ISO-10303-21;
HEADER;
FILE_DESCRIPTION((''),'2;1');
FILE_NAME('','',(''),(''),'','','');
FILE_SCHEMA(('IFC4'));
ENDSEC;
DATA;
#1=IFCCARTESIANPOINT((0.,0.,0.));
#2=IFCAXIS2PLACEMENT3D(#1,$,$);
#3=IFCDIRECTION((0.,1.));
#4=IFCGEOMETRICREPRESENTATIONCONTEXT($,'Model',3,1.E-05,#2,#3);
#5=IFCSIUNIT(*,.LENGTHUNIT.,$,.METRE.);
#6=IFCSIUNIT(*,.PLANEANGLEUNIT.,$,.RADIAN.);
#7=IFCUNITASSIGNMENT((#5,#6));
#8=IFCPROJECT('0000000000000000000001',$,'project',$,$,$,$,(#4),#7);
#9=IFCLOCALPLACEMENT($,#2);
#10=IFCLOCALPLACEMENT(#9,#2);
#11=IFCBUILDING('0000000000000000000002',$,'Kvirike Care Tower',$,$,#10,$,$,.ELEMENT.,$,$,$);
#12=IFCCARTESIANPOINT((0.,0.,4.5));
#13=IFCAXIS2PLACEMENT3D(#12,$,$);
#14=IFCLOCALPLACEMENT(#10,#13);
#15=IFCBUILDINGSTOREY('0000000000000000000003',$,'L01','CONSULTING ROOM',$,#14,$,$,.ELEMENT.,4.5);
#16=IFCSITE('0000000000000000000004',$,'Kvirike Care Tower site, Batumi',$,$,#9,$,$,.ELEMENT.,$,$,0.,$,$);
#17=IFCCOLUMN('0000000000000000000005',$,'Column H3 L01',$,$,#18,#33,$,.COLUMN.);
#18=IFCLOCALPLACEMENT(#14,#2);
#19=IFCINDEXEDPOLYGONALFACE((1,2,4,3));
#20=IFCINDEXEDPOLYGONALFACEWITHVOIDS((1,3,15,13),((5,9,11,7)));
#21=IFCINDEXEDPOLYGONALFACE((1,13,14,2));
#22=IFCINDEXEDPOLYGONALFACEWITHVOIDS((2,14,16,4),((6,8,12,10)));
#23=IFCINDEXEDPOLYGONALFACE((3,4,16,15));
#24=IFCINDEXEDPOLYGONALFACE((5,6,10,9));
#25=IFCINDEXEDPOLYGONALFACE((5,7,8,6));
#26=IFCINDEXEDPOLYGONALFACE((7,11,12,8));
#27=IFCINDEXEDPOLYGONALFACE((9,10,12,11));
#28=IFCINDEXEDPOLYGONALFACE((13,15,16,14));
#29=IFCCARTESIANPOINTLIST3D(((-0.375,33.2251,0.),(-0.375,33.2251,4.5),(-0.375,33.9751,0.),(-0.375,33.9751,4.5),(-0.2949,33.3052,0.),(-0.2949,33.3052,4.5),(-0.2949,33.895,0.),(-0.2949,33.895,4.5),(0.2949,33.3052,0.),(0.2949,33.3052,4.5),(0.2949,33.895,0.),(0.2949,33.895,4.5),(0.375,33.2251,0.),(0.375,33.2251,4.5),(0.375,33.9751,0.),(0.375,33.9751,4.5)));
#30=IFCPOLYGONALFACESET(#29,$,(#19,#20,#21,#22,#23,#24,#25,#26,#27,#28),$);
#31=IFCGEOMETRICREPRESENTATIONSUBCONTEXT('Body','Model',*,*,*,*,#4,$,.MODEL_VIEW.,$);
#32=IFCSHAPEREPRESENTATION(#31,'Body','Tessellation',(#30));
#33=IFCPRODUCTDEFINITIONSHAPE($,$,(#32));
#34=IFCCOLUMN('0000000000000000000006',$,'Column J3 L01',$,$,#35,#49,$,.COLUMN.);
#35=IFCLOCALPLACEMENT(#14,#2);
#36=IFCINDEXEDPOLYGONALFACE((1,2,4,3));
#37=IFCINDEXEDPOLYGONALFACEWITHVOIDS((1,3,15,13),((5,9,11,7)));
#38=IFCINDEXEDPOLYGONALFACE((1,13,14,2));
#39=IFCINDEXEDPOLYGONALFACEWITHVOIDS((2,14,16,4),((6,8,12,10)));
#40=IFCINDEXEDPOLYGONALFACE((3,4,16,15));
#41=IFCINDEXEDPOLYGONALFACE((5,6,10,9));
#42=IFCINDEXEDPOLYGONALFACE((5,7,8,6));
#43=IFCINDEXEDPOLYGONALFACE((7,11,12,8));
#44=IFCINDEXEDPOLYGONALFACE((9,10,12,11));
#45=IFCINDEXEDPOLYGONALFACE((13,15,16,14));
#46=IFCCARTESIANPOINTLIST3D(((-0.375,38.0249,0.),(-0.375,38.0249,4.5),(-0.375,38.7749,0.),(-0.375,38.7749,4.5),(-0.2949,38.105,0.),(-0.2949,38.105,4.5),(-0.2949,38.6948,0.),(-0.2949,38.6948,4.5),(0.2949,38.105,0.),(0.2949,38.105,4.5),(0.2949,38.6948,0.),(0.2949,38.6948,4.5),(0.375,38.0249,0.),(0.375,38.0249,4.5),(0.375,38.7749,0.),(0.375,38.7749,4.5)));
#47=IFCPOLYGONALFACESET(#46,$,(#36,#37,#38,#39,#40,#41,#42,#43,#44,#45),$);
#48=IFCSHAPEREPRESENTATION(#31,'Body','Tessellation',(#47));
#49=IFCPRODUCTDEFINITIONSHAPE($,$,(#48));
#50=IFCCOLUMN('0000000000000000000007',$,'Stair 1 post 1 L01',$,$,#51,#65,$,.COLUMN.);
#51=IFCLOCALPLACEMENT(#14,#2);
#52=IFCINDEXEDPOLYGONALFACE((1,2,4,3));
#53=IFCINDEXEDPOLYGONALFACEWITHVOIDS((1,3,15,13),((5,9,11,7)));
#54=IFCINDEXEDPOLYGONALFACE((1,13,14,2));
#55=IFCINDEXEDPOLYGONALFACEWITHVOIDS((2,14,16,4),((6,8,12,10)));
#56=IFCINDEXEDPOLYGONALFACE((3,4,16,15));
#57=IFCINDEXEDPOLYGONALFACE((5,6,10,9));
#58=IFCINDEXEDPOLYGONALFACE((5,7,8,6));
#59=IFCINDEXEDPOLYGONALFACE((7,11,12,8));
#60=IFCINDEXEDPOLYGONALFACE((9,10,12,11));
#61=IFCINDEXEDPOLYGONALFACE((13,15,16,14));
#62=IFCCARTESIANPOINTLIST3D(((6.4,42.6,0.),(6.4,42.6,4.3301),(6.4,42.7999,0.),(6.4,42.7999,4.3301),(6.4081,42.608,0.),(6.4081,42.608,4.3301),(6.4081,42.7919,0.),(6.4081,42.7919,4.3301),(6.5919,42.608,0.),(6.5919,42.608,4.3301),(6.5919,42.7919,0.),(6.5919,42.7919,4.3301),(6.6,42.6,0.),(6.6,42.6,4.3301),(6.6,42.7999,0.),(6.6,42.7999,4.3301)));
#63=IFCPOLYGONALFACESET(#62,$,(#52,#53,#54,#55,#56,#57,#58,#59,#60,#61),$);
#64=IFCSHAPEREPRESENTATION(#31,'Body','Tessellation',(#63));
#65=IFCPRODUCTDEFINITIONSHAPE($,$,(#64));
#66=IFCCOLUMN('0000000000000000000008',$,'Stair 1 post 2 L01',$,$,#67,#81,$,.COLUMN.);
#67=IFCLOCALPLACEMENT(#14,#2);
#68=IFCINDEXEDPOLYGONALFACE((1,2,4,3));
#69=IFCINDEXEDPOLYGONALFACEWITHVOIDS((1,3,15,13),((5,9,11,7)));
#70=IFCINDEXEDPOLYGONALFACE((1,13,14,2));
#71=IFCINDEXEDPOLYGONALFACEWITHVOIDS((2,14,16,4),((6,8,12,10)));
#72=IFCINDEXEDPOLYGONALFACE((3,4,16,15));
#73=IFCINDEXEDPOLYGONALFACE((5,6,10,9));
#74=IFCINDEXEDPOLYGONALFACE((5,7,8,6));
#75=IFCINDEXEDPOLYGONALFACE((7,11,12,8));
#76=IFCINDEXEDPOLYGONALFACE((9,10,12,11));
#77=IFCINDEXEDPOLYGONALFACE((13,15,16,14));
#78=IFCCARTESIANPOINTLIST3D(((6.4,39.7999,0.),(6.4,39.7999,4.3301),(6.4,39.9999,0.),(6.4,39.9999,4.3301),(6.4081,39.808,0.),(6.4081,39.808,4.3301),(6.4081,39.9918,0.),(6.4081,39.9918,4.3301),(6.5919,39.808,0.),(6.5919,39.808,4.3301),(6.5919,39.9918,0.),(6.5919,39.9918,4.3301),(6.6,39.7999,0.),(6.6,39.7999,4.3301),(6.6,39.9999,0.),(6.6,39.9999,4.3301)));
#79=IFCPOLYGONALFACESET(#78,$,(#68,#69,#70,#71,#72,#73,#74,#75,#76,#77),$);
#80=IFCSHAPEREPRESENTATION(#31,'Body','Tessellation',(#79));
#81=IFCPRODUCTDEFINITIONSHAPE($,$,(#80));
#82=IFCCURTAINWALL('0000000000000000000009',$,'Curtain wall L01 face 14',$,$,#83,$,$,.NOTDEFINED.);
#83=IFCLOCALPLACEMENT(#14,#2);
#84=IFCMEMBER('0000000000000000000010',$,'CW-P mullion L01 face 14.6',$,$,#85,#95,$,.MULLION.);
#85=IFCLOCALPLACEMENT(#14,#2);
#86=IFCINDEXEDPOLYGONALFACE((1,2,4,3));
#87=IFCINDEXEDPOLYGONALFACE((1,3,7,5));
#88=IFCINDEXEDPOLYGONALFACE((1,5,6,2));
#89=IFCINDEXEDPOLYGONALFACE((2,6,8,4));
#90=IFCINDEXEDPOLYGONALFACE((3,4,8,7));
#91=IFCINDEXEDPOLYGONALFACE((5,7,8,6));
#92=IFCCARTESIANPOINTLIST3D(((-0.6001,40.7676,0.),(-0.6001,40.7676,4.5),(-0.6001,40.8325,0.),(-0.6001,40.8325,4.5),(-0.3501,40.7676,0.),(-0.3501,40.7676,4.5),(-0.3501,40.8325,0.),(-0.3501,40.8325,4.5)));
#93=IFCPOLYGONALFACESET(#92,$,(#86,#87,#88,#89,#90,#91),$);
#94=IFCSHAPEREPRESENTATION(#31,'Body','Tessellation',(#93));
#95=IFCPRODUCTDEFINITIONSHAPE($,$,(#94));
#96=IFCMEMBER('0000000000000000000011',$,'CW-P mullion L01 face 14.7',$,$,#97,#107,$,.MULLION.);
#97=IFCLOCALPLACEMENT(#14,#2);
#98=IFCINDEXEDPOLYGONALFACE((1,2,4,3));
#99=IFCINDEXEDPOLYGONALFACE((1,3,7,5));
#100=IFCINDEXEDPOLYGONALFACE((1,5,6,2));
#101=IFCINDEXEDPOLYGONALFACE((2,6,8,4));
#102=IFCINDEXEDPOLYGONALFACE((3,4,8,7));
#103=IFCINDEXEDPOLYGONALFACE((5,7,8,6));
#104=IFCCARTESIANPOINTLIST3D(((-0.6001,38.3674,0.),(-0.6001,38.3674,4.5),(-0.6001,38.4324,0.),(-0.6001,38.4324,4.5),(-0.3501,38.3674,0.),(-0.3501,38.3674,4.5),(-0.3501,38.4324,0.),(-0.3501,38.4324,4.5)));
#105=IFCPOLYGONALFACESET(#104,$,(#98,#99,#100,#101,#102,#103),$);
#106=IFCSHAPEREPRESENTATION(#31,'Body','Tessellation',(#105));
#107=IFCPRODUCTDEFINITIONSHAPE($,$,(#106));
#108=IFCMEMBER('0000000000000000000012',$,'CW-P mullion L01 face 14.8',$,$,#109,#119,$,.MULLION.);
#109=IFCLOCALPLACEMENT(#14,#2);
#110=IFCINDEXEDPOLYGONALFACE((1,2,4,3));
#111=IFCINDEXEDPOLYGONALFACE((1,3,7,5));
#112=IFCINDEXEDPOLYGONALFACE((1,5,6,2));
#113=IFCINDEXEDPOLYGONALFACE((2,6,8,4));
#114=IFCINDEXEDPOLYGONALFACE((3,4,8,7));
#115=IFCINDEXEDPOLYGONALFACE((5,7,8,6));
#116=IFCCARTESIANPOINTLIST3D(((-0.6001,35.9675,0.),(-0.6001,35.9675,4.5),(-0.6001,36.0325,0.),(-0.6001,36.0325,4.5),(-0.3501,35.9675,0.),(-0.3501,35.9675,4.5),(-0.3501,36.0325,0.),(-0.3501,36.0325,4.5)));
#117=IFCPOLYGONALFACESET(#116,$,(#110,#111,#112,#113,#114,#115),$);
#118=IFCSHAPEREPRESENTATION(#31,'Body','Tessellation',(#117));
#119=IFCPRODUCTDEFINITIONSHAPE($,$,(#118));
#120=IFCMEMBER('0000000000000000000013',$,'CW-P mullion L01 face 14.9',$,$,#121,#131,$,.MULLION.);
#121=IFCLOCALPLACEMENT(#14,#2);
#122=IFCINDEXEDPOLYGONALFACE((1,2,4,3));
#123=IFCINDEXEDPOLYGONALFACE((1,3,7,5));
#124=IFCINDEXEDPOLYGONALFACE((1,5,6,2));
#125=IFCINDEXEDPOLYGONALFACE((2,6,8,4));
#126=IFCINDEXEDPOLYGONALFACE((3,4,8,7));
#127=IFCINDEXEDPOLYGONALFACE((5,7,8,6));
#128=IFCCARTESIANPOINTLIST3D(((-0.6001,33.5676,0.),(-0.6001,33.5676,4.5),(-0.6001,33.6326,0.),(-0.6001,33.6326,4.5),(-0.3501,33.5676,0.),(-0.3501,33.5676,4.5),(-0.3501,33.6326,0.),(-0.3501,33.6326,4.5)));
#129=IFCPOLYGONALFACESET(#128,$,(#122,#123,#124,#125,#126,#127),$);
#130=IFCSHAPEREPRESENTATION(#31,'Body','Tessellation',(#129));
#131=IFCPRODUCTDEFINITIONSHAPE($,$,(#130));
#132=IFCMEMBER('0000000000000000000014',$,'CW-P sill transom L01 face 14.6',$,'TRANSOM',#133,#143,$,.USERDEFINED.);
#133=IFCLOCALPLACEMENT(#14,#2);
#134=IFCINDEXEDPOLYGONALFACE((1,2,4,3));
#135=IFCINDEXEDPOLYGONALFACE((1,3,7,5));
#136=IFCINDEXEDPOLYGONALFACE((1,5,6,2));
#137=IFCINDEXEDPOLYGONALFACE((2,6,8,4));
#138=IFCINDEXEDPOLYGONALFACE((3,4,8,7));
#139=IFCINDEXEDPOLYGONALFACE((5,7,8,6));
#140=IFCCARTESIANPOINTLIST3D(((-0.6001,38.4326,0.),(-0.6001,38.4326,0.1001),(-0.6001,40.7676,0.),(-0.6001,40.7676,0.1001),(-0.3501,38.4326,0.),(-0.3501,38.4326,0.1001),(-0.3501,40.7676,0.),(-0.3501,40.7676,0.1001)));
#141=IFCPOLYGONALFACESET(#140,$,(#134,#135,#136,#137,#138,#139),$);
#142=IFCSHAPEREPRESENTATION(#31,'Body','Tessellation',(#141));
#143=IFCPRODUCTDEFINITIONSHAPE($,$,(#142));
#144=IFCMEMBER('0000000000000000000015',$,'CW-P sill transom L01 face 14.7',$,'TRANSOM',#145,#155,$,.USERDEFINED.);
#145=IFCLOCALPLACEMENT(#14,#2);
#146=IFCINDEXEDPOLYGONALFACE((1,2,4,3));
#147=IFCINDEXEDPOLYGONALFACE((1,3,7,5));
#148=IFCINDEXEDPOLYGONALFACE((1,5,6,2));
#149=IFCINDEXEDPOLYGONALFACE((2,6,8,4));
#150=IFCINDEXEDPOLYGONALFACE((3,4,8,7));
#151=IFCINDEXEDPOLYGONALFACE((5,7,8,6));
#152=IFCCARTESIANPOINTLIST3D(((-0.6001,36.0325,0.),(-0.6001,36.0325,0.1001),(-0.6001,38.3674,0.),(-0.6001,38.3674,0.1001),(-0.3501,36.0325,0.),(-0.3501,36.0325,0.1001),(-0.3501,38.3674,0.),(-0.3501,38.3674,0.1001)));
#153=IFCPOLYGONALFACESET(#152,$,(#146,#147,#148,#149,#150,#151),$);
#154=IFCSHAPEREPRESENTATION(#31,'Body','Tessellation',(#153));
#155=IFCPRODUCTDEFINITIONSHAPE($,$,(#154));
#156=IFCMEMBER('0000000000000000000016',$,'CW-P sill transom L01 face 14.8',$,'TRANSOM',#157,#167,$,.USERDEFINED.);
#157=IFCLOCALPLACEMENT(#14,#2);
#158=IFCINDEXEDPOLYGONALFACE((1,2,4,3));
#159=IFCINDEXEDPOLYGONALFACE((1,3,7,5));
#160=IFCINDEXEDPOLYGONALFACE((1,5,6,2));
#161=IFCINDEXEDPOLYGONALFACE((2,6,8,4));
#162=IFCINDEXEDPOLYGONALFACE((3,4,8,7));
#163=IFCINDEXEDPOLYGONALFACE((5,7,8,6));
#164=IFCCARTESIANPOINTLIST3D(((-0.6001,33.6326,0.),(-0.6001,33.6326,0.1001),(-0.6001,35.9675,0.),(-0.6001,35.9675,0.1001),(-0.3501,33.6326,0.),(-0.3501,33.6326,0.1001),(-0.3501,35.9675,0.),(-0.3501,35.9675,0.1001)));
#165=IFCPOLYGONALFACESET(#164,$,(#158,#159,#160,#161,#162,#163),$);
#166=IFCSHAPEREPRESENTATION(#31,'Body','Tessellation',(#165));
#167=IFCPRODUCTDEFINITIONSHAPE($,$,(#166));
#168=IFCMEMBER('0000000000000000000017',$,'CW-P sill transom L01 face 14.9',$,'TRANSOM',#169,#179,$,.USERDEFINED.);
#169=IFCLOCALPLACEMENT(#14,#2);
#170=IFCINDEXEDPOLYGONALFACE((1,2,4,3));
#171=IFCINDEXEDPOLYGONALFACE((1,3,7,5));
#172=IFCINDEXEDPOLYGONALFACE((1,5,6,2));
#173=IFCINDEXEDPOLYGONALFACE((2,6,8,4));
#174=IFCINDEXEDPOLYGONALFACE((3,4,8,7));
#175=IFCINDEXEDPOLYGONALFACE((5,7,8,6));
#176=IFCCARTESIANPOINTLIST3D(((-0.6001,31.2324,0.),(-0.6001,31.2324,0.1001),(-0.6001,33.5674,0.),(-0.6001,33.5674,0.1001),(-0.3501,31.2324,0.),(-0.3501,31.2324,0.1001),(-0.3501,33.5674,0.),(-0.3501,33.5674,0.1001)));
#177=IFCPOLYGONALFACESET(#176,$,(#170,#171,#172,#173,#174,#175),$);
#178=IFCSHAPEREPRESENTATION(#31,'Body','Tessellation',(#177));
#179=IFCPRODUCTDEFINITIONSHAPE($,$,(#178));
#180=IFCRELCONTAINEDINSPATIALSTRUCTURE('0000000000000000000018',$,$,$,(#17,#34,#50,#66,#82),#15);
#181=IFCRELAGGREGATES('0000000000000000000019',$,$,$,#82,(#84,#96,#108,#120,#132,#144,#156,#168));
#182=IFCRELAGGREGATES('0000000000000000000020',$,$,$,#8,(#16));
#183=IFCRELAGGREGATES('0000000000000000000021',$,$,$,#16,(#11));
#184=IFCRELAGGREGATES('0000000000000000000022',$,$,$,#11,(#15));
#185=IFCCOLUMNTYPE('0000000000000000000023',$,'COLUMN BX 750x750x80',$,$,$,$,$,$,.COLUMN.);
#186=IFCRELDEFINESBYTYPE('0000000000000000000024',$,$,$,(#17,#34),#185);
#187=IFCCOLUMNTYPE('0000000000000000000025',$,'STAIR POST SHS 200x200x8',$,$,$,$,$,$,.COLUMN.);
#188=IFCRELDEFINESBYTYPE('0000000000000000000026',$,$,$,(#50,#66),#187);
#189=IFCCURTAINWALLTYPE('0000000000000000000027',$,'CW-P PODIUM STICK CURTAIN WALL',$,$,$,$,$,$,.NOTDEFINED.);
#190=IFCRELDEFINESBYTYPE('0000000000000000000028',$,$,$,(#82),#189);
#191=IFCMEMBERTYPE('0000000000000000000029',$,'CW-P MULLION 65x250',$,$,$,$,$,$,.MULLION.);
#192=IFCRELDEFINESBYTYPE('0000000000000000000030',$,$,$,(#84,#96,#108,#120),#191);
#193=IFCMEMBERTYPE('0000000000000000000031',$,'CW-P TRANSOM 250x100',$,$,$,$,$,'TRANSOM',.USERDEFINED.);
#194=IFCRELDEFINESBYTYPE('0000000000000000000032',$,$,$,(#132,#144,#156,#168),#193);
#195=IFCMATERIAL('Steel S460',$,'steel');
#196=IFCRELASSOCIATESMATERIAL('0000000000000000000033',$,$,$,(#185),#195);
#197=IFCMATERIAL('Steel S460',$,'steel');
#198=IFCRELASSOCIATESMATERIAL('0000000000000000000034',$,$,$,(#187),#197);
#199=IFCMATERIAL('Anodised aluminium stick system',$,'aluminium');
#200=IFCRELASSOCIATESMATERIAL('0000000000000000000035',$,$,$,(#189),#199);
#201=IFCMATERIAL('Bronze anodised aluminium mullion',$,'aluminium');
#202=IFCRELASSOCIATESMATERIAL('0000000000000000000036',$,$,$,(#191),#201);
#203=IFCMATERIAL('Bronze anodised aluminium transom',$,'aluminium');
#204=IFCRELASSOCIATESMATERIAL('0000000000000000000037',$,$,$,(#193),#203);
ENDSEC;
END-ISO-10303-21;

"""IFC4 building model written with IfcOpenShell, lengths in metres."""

from ifc_helpers import new_model, si_unit, direction, frame, origin, origin_2d, place, context, subcontext, project, spatial, rectangle, hollow_rectangle, extrude, material, material_profile, profile_set, type_object, element, aggregate, save


model = new_model("IFC4")

# Units and contexts
model_context = context("Model", 3, precision=1e-05, world=origin(), true_north=direction((0.0, 1.0)))
body_context = subcontext(model_context, "Body", "Model", "MODEL_VIEW")
ifc_project = project(units=[si_unit("LENGTHUNIT", "METRE"), si_unit("PLANEANGLEUNIT", "RADIAN")], contexts=[model_context])

# Site, building, storey
site_placement = place(None, origin())
site = spatial("IfcSite", under=ifc_project, at=site_placement, Name="Kvirike Care Tower site, Batumi", CompositionType="ELEMENT", RefElevation=0.0)
building_placement = place(site_placement, origin())
building = spatial("IfcBuilding", under=site, at=building_placement, Name="Kvirike Care Tower", CompositionType="ELEMENT")
storey_placement = place(building_placement, frame((0.0, 0.0, 4.5)))
storey = spatial("IfcBuildingStorey", under=building, at=storey_placement, Name="L01", Description="CONSULTING ROOM", CompositionType="ELEMENT", Elevation=4.5)

# Columns
ifc_material_1 = material(Name="Steel S460", Category="steel")
ifc_material_profile_1 = material_profile(ifc_material_1, hollow_rectangle(XDim=0.75, YDim=0.75, WallThickness=0.0801, at=origin_2d()), Name="BX 750x750x80")
ifc_profile_set_1 = profile_set([ifc_material_profile_1], Name="Steel S460")
column_type_1 = type_object("IfcColumnType", Name="COLUMN BX 750x750x80", PredefinedType="COLUMN", material=ifc_profile_set_1)
for number, where, z_axis, x_axis, name in (
    (1, (0.0, 33.6001, 0.0), (0.0, 0.0, 1.0), (1.0, 0.0, 0.0), "Column H3 L01"),
    (2, (0.0, 38.3999, 0.0), (0.0, 0.0, 1.0), (1.0, 0.0, 0.0), "Column J3 L01"),
):
    element("IfcColumn", number, at=place(storey_placement, frame(where, z_axis=z_axis, x_axis=x_axis)), inside=storey, type_object=column_type_1, Name=name, PredefinedType="COLUMN", context=body_context, shape_type="SweptSolid", body=[
        extrude(hollow_rectangle(XDim=0.75, YDim=0.75, WallThickness=0.0801, at=origin_2d()), origin(), (0.0, 0.0, 1.0), 4.5),
    ])
ifc_material_2 = material(Name="Steel S460", Category="steel")
ifc_material_profile_2 = material_profile(ifc_material_2, hollow_rectangle(XDim=0.2, YDim=0.2, WallThickness=0.0081, at=origin_2d()), Name="SHS 200x200x8")
ifc_profile_set_2 = profile_set([ifc_material_profile_2], Name="Steel S460")
column_type_2 = type_object("IfcColumnType", Name="STAIR POST SHS 200x200x8", PredefinedType="COLUMN", material=ifc_profile_set_2)
for number, where, z_axis, x_axis, name in (
    (3, (6.5, 42.7, 0.0), (0.0, 0.0, 1.0), (1.0, 0.0, 0.0), "Stair 1 post 1 L01"),
    (4, (6.5, 39.8999, 0.0), (0.0, 0.0, 1.0), (1.0, 0.0, 0.0), "Stair 1 post 2 L01"),
):
    element("IfcColumn", number, at=place(storey_placement, frame(where, z_axis=z_axis, x_axis=x_axis)), inside=storey, type_object=column_type_2, Name=name, PredefinedType="COLUMN", context=body_context, shape_type="SweptSolid", body=[
        extrude(hollow_rectangle(XDim=0.2, YDim=0.2, WallThickness=0.0081, at=origin_2d()), origin(), (0.0, 0.0, 1.0), 4.3301),
    ])

# Curtain wall, members
ifc_material_3 = material(Name="Anodised aluminium stick system", Category="aluminium")
curtain_wall_type = type_object("IfcCurtainWallType", Name="CW-P PODIUM STICK CURTAIN WALL", PredefinedType="NOTDEFINED", material=ifc_material_3)
curtain_wall_placement = place(storey_placement, origin())
curtain_wall = element("IfcCurtainWall", 5, at=curtain_wall_placement, inside=storey, type_object=curtain_wall_type, Name="Curtain wall L01 face 14", PredefinedType="NOTDEFINED")
ifc_material_4 = material(Name="Bronze anodised aluminium mullion", Category="aluminium")
ifc_material_profile_3 = material_profile(ifc_material_4, rectangle(XDim=0.0649, YDim=0.25, at=origin_2d()), Name="CW-P MULLION 65x250")
ifc_profile_set_3 = profile_set([ifc_material_profile_3], Name="Bronze anodised aluminium mullion")
member_type_1 = type_object("IfcMemberType", Name="CW-P MULLION 65x250", PredefinedType="MULLION", material=ifc_profile_set_3)
member_1_placement = place(storey_placement, frame((-0.4751, 40.8, 0.0), z_axis=(0.0, 0.0, 1.0), x_axis=(0.0, -1.0, 0.0)))
member_1 = element("IfcMember", 6, at=member_1_placement, type_object=member_type_1, Name="CW-P mullion L01 face 14.6", PredefinedType="MULLION", context=body_context, shape_type="SweptSolid", body=[
    extrude(rectangle(XDim=0.0649, YDim=0.25, at=origin_2d()), origin(), (0.0, 0.0, 1.0), 4.5),
])
member_2_placement = place(storey_placement, frame((-0.4751, 38.3999, 0.0), z_axis=(0.0, 0.0, 1.0), x_axis=(0.0, -1.0, 0.0)))
member_2 = element("IfcMember", 7, at=member_2_placement, type_object=member_type_1, Name="CW-P mullion L01 face 14.7", PredefinedType="MULLION", context=body_context, shape_type="SweptSolid", body=[
    extrude(rectangle(XDim=0.0649, YDim=0.25, at=origin_2d()), origin(), (0.0, 0.0, 1.0), 4.5),
])
member_3_placement = place(storey_placement, frame((-0.4751, 36.0, 0.0), z_axis=(0.0, 0.0, 1.0), x_axis=(0.0, -1.0, 0.0)))
member_3 = element("IfcMember", 8, at=member_3_placement, type_object=member_type_1, Name="CW-P mullion L01 face 14.8", PredefinedType="MULLION", context=body_context, shape_type="SweptSolid", body=[
    extrude(rectangle(XDim=0.0649, YDim=0.25, at=origin_2d()), origin(), (0.0, 0.0, 1.0), 4.5),
])
member_4_placement = place(storey_placement, frame((-0.4751, 33.6001, 0.0), z_axis=(0.0, 0.0, 1.0), x_axis=(0.0, -1.0, 0.0)))
member_4 = element("IfcMember", 9, at=member_4_placement, type_object=member_type_1, Name="CW-P mullion L01 face 14.9", PredefinedType="MULLION", context=body_context, shape_type="SweptSolid", body=[
    extrude(rectangle(XDim=0.0649, YDim=0.25, at=origin_2d()), origin(), (0.0, 0.0, 1.0), 4.5),
])
ifc_material_5 = material(Name="Bronze anodised aluminium transom", Category="aluminium")
ifc_material_profile_4 = material_profile(ifc_material_5, rectangle(XDim=0.25, YDim=0.1001, at=origin_2d()), Name="CW-P TRANSOM 250x100")
ifc_profile_set_4 = profile_set([ifc_material_profile_4], Name="Bronze anodised aluminium transom")
member_type_2 = type_object("IfcMemberType", Name="CW-P TRANSOM 250x100", ElementType="TRANSOM", PredefinedType="USERDEFINED", material=ifc_profile_set_4)
member_5_placement = place(storey_placement, frame((-0.4751, 40.7676, 0.05), z_axis=(0.0, -1.0, 0.0), x_axis=(1.0, 0.0, 0.0)))
member_5 = element("IfcMember", 10, at=member_5_placement, type_object=member_type_2, Name="CW-P sill transom L01 face 14.6", ObjectType="TRANSOM", PredefinedType="USERDEFINED", context=body_context, shape_type="SweptSolid", body=[
    extrude(rectangle(XDim=0.25, YDim=0.1001, at=origin_2d()), origin(), (0.0, 0.0, 1.0), 2.335),
])
member_6_placement = place(storey_placement, frame((-0.4751, 38.3674, 0.05), z_axis=(0.0, -1.0, 0.0), x_axis=(1.0, 0.0, 0.0)))
member_6 = element("IfcMember", 11, at=member_6_placement, type_object=member_type_2, Name="CW-P sill transom L01 face 14.7", ObjectType="TRANSOM", PredefinedType="USERDEFINED", context=body_context, shape_type="SweptSolid", body=[
    extrude(rectangle(XDim=0.25, YDim=0.1001, at=origin_2d()), origin(), (0.0, 0.0, 1.0), 2.335),
])
member_7_placement = place(storey_placement, frame((-0.4751, 35.9675, 0.05), z_axis=(0.0, -1.0, 0.0), x_axis=(1.0, 0.0, 0.0)))
member_7 = element("IfcMember", 12, at=member_7_placement, type_object=member_type_2, Name="CW-P sill transom L01 face 14.8", ObjectType="TRANSOM", PredefinedType="USERDEFINED", context=body_context, shape_type="SweptSolid", body=[
    extrude(rectangle(XDim=0.25, YDim=0.1001, at=origin_2d()), origin(), (0.0, 0.0, 1.0), 2.335),
])
member_8_placement = place(storey_placement, frame((-0.4751, 33.5674, 0.05), z_axis=(0.0, -1.0, 0.0), x_axis=(1.0, 0.0, 0.0)))
member_8 = element("IfcMember", 13, at=member_8_placement, type_object=member_type_2, Name="CW-P sill transom L01 face 14.9", ObjectType="TRANSOM", PredefinedType="USERDEFINED", context=body_context, shape_type="SweptSolid", body=[
    extrude(rectangle(XDim=0.25, YDim=0.1001, at=origin_2d()), origin(), (0.0, 0.0, 1.0), 2.335),
])

aggregate(curtain_wall, [member_1, member_2, member_3, member_4, member_5, member_6, member_7, member_8])

save(model, "model.ifc")
